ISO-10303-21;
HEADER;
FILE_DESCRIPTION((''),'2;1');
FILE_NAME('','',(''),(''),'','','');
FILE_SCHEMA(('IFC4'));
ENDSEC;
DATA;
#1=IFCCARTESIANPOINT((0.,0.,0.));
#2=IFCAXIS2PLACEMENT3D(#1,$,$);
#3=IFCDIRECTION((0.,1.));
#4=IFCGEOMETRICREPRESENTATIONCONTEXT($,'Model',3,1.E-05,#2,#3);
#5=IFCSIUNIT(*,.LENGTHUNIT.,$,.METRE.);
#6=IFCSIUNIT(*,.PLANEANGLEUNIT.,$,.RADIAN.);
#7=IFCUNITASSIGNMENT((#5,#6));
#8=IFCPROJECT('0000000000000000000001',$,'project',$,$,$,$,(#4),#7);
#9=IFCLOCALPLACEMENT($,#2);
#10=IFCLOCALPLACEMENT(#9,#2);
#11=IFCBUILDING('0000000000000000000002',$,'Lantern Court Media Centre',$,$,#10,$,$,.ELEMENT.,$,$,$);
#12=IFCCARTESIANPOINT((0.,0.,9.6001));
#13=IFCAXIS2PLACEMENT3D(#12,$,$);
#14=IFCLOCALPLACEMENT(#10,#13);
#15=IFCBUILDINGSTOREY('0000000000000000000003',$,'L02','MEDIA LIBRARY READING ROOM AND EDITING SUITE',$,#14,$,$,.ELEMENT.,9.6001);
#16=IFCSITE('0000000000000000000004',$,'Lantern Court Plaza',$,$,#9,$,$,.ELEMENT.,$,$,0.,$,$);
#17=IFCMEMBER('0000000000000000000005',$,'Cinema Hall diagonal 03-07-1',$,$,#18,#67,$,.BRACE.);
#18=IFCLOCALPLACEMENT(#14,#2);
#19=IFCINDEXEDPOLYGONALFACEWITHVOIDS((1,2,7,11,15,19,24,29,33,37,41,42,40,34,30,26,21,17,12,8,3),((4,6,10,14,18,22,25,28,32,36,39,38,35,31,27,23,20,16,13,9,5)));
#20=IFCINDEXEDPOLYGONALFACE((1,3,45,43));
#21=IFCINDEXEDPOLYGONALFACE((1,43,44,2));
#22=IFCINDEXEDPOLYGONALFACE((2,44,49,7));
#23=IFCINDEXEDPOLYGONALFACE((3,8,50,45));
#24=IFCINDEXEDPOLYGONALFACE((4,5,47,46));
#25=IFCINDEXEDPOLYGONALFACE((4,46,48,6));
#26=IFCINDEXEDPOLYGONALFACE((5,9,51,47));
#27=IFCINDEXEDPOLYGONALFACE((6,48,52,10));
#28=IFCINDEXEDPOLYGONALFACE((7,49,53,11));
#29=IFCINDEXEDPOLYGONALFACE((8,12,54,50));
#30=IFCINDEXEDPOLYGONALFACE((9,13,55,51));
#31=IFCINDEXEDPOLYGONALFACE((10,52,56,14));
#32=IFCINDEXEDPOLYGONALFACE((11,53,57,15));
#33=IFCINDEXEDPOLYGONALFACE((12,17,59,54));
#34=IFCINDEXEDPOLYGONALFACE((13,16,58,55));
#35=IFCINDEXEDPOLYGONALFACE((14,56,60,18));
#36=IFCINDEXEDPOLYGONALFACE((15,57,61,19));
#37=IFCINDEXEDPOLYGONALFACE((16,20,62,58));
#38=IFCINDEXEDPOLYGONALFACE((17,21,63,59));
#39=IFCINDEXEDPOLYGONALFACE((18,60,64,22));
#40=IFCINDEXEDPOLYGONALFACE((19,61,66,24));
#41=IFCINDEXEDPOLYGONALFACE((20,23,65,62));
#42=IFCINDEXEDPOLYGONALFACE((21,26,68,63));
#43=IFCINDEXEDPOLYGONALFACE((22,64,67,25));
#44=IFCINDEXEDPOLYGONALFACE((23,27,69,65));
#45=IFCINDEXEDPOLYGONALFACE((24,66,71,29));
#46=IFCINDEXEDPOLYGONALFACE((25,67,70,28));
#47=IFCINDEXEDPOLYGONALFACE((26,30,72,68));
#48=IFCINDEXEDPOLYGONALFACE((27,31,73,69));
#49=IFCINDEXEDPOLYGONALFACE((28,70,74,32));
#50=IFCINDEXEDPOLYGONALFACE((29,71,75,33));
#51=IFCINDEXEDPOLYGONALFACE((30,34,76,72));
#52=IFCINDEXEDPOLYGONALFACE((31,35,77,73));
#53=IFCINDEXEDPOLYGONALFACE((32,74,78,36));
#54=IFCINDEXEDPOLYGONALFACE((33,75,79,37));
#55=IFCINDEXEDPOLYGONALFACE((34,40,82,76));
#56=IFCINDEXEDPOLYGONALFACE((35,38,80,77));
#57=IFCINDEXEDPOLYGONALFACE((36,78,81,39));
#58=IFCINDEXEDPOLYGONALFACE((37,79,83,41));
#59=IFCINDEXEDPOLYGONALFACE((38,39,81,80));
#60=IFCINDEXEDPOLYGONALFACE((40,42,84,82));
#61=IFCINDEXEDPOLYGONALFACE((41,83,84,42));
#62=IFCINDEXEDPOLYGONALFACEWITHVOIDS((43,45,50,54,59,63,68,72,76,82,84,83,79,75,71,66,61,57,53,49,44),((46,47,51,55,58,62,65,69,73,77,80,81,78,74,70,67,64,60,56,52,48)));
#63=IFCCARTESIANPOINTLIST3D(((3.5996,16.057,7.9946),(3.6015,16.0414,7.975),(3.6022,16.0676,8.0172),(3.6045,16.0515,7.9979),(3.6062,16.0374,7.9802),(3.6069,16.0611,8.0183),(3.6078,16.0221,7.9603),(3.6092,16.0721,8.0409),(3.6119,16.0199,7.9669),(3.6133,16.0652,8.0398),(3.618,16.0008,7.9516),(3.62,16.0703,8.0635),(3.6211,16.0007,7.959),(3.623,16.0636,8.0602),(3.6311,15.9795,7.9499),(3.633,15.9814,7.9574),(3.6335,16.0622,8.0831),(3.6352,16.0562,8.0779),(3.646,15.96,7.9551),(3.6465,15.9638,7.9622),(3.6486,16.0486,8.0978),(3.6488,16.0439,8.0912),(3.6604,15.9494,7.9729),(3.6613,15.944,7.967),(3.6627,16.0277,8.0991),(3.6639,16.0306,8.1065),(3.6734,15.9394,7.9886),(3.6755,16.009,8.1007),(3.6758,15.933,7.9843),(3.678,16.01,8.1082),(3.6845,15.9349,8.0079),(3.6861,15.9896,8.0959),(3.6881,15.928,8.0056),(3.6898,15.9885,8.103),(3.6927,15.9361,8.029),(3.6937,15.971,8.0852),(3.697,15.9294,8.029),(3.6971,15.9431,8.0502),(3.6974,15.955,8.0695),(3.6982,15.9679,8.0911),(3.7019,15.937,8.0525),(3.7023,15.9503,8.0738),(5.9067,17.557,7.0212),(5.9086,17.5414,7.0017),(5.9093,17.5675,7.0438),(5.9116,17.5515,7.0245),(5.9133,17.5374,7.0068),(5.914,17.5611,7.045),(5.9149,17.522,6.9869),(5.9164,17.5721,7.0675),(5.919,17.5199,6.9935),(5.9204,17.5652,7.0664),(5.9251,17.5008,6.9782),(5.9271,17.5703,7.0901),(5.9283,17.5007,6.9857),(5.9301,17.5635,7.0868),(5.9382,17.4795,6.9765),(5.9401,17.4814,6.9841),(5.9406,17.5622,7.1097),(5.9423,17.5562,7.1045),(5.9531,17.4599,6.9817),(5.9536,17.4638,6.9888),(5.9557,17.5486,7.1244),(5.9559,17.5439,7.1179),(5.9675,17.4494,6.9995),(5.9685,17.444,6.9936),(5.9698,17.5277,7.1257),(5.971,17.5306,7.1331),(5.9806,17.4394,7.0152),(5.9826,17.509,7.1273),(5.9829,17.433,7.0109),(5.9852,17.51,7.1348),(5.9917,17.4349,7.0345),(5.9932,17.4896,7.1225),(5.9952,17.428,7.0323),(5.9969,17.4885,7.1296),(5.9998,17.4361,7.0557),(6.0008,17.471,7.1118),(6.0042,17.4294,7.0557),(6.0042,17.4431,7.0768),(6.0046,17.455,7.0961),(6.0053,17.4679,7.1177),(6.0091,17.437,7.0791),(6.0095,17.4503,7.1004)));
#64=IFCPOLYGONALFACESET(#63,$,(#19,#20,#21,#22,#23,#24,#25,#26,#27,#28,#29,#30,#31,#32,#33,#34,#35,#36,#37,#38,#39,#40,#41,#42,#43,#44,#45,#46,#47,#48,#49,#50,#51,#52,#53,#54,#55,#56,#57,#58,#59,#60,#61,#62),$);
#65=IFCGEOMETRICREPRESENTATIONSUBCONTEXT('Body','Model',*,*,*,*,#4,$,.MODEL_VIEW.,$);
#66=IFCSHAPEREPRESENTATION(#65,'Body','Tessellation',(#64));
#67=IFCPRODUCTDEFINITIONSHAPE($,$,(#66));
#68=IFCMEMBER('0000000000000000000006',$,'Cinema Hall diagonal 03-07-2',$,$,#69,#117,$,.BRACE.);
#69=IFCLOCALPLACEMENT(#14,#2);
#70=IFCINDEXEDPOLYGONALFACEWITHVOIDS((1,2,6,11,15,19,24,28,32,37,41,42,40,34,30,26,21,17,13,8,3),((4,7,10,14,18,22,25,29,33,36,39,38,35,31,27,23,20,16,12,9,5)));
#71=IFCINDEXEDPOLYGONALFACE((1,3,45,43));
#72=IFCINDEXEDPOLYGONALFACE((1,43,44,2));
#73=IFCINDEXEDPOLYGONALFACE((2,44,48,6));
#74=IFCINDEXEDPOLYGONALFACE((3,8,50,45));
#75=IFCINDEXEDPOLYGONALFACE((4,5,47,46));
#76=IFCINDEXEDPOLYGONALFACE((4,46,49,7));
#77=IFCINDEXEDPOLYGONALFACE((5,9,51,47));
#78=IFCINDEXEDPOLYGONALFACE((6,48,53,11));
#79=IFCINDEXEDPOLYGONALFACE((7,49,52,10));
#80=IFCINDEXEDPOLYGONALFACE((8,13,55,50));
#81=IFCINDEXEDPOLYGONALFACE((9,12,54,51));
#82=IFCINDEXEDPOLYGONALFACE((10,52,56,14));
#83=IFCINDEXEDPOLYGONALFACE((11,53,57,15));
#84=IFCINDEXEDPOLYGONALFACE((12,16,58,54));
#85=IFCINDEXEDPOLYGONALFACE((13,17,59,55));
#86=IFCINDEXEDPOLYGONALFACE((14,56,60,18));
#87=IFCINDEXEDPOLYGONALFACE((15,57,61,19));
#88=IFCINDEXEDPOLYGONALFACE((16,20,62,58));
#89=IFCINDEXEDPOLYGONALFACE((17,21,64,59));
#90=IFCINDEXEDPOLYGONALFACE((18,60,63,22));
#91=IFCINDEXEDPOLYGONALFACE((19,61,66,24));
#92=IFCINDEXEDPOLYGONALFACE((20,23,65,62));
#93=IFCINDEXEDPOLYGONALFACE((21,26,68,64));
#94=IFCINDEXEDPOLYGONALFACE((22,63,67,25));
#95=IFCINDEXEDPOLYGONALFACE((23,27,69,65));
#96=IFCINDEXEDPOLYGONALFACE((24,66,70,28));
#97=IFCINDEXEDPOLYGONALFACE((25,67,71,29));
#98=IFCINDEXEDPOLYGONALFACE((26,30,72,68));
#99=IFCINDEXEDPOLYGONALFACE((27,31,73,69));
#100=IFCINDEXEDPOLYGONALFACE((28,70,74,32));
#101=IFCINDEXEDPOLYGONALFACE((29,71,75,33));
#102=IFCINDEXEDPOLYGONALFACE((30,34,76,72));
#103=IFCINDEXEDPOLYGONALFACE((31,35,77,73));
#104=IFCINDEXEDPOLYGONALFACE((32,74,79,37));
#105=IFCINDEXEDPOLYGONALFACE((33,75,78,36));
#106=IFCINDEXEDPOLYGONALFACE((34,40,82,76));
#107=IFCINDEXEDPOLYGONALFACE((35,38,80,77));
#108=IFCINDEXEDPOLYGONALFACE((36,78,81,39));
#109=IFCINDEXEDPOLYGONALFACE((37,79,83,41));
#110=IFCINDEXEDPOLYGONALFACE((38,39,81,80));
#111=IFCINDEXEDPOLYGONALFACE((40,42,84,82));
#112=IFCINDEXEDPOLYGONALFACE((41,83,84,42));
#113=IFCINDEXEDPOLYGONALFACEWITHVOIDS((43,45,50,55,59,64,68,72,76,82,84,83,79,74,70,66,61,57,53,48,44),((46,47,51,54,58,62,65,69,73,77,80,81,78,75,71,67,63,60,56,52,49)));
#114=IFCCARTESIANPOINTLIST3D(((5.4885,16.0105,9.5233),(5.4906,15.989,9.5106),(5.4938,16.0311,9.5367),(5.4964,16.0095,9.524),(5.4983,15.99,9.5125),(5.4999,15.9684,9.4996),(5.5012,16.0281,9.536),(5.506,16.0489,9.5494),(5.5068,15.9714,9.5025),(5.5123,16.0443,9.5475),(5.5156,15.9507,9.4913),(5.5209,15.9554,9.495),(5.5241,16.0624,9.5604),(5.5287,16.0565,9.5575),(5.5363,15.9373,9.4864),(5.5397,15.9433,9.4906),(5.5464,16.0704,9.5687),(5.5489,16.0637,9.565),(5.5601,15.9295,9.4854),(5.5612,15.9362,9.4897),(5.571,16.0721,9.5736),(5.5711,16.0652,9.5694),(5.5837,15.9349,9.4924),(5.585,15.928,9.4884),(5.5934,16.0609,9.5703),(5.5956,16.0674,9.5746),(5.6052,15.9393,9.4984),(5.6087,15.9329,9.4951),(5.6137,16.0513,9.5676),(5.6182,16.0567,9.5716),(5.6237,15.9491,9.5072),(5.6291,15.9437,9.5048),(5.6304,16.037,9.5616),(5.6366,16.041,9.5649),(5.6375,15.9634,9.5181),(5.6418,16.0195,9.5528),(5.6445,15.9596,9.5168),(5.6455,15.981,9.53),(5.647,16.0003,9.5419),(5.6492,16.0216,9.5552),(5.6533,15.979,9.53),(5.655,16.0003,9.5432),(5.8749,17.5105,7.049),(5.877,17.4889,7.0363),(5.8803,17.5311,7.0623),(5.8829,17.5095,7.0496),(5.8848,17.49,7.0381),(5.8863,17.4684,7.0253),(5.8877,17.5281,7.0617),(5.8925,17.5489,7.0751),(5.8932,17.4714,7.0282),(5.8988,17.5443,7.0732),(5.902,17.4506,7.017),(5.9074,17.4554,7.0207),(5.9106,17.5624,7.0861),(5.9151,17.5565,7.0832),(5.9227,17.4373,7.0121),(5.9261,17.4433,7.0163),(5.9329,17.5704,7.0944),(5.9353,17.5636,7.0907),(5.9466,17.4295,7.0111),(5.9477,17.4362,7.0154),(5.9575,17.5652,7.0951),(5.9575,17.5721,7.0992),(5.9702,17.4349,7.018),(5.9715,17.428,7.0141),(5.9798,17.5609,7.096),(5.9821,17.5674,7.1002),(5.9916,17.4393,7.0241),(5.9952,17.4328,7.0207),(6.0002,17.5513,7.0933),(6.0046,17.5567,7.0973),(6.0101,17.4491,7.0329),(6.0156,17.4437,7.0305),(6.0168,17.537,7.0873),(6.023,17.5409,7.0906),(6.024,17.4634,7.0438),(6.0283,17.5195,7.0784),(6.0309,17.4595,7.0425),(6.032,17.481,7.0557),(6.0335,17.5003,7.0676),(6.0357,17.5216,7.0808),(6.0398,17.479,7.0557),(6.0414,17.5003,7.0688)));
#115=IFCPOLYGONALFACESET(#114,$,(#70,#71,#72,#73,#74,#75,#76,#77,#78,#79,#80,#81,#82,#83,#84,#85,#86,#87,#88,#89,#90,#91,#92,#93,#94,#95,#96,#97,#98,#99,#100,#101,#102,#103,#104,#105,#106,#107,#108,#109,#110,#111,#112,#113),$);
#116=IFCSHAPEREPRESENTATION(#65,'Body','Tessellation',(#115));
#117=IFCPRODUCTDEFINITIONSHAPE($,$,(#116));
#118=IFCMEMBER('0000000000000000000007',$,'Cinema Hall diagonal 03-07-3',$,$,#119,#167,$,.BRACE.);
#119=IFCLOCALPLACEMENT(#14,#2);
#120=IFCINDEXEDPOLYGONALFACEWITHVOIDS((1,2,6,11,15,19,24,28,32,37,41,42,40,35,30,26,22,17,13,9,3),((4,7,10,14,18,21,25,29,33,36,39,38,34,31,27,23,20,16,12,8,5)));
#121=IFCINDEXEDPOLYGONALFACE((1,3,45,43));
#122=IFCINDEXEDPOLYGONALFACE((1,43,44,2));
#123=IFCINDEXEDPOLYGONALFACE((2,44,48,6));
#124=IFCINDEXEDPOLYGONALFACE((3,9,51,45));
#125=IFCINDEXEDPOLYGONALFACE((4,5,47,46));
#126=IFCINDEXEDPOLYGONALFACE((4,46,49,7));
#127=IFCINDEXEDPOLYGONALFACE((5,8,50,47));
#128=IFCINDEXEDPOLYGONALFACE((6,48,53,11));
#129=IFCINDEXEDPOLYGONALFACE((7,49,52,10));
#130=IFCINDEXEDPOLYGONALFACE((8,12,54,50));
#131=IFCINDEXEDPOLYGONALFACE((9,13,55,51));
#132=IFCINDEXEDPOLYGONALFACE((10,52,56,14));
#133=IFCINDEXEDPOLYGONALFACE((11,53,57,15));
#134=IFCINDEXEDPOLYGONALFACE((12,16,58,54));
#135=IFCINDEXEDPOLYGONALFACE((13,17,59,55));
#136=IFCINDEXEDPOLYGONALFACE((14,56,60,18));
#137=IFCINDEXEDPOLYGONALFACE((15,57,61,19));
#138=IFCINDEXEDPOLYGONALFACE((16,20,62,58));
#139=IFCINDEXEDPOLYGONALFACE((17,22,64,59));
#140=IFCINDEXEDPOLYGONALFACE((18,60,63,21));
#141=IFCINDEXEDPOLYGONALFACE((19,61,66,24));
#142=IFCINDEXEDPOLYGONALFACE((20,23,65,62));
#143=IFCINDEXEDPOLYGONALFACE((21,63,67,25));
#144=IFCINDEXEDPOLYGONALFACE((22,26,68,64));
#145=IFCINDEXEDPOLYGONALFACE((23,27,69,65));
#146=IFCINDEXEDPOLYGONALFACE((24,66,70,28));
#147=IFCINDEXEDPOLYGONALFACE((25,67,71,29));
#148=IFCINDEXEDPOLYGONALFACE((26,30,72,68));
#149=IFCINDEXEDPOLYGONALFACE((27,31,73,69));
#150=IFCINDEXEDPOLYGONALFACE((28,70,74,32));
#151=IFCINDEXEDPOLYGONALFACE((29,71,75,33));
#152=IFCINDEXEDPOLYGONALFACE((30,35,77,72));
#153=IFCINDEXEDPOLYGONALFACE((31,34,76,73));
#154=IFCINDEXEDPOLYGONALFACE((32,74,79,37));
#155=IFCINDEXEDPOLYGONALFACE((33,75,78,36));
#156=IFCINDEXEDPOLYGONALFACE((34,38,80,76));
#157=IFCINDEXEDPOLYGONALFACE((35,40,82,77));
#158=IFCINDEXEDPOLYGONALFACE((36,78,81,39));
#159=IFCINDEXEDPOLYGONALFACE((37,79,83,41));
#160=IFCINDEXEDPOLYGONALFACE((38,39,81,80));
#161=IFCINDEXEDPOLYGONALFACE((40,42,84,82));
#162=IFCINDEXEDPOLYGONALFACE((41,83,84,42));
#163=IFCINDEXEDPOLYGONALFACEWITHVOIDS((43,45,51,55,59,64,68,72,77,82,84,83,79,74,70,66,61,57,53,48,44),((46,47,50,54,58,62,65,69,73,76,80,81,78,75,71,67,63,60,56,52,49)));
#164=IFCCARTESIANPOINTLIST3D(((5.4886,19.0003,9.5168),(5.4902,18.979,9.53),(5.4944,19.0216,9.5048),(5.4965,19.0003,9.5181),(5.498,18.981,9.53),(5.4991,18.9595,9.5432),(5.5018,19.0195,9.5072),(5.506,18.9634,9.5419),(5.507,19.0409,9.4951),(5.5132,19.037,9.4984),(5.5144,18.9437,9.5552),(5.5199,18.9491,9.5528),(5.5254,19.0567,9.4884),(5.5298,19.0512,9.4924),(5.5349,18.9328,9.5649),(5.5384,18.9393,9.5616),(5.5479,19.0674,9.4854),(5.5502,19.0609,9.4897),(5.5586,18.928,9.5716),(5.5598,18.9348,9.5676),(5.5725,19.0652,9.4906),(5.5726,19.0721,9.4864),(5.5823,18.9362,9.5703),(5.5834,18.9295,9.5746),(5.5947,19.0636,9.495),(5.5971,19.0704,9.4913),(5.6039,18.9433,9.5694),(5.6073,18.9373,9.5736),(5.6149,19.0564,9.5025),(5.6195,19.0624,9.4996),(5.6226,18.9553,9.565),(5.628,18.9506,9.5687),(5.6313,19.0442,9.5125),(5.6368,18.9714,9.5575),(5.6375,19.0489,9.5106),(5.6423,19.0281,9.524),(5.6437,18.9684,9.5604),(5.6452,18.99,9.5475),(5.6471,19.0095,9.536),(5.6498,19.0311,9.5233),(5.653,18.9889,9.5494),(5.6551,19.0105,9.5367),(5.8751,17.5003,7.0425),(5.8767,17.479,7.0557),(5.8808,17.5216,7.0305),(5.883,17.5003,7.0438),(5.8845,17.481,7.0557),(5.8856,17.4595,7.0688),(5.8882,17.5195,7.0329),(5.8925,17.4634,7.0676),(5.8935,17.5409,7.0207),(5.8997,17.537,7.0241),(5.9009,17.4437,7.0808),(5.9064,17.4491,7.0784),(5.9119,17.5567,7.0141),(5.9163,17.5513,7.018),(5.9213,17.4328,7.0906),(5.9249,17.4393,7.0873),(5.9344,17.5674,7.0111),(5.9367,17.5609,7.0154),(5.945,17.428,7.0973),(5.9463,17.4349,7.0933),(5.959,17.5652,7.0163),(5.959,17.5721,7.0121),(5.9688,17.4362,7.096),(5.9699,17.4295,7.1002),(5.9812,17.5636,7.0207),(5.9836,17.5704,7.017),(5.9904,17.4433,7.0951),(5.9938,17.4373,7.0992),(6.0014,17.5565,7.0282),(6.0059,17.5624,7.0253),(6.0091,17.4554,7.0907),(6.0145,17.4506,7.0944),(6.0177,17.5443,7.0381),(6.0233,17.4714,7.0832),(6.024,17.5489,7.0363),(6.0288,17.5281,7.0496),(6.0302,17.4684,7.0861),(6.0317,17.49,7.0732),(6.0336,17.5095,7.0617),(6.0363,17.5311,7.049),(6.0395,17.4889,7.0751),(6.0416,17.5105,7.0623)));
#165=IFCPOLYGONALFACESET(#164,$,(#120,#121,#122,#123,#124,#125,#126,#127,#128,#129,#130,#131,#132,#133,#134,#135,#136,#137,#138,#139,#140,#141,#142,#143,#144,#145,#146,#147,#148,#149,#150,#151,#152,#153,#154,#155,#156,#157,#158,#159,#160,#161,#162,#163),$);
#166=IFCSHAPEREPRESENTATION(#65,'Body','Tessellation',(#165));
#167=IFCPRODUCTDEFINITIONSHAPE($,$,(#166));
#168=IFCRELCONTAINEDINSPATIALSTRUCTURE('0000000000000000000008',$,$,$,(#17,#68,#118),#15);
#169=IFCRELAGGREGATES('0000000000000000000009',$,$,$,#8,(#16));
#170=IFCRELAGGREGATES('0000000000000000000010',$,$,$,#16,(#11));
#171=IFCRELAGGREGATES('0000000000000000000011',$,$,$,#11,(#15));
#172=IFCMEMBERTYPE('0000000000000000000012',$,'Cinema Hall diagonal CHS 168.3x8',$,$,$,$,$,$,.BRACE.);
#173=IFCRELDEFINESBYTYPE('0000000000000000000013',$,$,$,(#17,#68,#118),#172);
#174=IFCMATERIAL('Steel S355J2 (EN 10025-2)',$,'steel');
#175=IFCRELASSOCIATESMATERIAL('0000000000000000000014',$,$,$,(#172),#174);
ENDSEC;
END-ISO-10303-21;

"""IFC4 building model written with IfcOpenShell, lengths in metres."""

from ifc_helpers import new_model, si_unit, direction, frame, origin, origin_2d, place, context, subcontext, project, spatial, hollow_circle, extrude, material, material_profile, profile_set, type_object, element, save


model = new_model("IFC4")

# Units and contexts
model_context = context("Model", 3, precision=1e-05, world=origin(), true_north=direction((0.0, 1.0)))
body_context = subcontext(model_context, "Body", "Model", "MODEL_VIEW")
ifc_project = project(units=[si_unit("LENGTHUNIT", "METRE"), si_unit("PLANEANGLEUNIT", "RADIAN")], contexts=[model_context])

# Site, building, storey
site_placement = place(None, origin())
site = spatial("IfcSite", under=ifc_project, at=site_placement, Name="Lantern Court Plaza", CompositionType="ELEMENT", RefElevation=0.0)
building_placement = place(site_placement, origin())
building = spatial("IfcBuilding", under=site, at=building_placement, Name="Lantern Court Media Centre", CompositionType="ELEMENT")
storey_placement = place(building_placement, frame((0.0, 0.0, 9.6001)))
storey = spatial("IfcBuildingStorey", under=building, at=storey_placement, Name="L02", Description="MEDIA LIBRARY READING ROOM AND EDITING SUITE", CompositionType="ELEMENT", Elevation=9.6001)

# Members
ifc_material = material(Name="Steel S355J2 (EN 10025-2)", Category="steel")
ifc_material_profile_1 = material_profile(ifc_material, hollow_circle(Radius=0.0842, WallThickness=0.0081, at=origin_2d()), Name="Cinema Hall diagonal CHS 168.3x8")
ifc_profile_set_1 = profile_set([ifc_material_profile_1], Name="Steel S355J2 (EN 10025-2)")
member_type_1 = type_object("IfcMemberType", Name="Cinema Hall diagonal CHS 168.3x8", PredefinedType="BRACE", material=ifc_profile_set_1)
for number, where, z_axis, x_axis, name in (
    (1, (5.9583, 17.5, 7.0557), (-0.790394, -0.513882, 0.333471), (0.545082, -0.838383, 0.0), "Cinema Hall diagonal 03-07-1"),
):
    element("IfcMember", number, at=place(storey_placement, frame(where, z_axis=z_axis, x_axis=x_axis)), inside=storey, type_object=member_type_1, Name=name, PredefinedType="BRACE", context=body_context, shape_type="SweptSolid", body=[
        extrude(hollow_circle(Radius=0.0842, WallThickness=0.0081, at=origin_2d()), origin(), (0.0, 0.0, 1.0), 2.9189),
    ])
for number, where, z_axis, x_axis, name in (
    (2, (5.9583, 17.5, 7.0557), (-0.13239, -0.513836, 0.847612), (0.968374, -0.249501, 0.0), "Cinema Hall diagonal 03-07-2"),
    (3, (5.9583, 17.5, 7.0557), (-0.13239, 0.513836, 0.847612), (-0.968374, -0.249501, 0.0), "Cinema Hall diagonal 03-07-3"),
):
    element("IfcMember", number, at=place(storey_placement, frame(where, z_axis=z_axis, x_axis=x_axis)), inside=storey, type_object=member_type_1, Name=name, PredefinedType="BRACE", context=body_context, shape_type="SweptSolid", body=[
        extrude(hollow_circle(Radius=0.0842, WallThickness=0.0081, at=origin_2d()), origin(), (0.0, 0.0, 1.0), 2.9192),
    ])

save(model, "model.ifc")
